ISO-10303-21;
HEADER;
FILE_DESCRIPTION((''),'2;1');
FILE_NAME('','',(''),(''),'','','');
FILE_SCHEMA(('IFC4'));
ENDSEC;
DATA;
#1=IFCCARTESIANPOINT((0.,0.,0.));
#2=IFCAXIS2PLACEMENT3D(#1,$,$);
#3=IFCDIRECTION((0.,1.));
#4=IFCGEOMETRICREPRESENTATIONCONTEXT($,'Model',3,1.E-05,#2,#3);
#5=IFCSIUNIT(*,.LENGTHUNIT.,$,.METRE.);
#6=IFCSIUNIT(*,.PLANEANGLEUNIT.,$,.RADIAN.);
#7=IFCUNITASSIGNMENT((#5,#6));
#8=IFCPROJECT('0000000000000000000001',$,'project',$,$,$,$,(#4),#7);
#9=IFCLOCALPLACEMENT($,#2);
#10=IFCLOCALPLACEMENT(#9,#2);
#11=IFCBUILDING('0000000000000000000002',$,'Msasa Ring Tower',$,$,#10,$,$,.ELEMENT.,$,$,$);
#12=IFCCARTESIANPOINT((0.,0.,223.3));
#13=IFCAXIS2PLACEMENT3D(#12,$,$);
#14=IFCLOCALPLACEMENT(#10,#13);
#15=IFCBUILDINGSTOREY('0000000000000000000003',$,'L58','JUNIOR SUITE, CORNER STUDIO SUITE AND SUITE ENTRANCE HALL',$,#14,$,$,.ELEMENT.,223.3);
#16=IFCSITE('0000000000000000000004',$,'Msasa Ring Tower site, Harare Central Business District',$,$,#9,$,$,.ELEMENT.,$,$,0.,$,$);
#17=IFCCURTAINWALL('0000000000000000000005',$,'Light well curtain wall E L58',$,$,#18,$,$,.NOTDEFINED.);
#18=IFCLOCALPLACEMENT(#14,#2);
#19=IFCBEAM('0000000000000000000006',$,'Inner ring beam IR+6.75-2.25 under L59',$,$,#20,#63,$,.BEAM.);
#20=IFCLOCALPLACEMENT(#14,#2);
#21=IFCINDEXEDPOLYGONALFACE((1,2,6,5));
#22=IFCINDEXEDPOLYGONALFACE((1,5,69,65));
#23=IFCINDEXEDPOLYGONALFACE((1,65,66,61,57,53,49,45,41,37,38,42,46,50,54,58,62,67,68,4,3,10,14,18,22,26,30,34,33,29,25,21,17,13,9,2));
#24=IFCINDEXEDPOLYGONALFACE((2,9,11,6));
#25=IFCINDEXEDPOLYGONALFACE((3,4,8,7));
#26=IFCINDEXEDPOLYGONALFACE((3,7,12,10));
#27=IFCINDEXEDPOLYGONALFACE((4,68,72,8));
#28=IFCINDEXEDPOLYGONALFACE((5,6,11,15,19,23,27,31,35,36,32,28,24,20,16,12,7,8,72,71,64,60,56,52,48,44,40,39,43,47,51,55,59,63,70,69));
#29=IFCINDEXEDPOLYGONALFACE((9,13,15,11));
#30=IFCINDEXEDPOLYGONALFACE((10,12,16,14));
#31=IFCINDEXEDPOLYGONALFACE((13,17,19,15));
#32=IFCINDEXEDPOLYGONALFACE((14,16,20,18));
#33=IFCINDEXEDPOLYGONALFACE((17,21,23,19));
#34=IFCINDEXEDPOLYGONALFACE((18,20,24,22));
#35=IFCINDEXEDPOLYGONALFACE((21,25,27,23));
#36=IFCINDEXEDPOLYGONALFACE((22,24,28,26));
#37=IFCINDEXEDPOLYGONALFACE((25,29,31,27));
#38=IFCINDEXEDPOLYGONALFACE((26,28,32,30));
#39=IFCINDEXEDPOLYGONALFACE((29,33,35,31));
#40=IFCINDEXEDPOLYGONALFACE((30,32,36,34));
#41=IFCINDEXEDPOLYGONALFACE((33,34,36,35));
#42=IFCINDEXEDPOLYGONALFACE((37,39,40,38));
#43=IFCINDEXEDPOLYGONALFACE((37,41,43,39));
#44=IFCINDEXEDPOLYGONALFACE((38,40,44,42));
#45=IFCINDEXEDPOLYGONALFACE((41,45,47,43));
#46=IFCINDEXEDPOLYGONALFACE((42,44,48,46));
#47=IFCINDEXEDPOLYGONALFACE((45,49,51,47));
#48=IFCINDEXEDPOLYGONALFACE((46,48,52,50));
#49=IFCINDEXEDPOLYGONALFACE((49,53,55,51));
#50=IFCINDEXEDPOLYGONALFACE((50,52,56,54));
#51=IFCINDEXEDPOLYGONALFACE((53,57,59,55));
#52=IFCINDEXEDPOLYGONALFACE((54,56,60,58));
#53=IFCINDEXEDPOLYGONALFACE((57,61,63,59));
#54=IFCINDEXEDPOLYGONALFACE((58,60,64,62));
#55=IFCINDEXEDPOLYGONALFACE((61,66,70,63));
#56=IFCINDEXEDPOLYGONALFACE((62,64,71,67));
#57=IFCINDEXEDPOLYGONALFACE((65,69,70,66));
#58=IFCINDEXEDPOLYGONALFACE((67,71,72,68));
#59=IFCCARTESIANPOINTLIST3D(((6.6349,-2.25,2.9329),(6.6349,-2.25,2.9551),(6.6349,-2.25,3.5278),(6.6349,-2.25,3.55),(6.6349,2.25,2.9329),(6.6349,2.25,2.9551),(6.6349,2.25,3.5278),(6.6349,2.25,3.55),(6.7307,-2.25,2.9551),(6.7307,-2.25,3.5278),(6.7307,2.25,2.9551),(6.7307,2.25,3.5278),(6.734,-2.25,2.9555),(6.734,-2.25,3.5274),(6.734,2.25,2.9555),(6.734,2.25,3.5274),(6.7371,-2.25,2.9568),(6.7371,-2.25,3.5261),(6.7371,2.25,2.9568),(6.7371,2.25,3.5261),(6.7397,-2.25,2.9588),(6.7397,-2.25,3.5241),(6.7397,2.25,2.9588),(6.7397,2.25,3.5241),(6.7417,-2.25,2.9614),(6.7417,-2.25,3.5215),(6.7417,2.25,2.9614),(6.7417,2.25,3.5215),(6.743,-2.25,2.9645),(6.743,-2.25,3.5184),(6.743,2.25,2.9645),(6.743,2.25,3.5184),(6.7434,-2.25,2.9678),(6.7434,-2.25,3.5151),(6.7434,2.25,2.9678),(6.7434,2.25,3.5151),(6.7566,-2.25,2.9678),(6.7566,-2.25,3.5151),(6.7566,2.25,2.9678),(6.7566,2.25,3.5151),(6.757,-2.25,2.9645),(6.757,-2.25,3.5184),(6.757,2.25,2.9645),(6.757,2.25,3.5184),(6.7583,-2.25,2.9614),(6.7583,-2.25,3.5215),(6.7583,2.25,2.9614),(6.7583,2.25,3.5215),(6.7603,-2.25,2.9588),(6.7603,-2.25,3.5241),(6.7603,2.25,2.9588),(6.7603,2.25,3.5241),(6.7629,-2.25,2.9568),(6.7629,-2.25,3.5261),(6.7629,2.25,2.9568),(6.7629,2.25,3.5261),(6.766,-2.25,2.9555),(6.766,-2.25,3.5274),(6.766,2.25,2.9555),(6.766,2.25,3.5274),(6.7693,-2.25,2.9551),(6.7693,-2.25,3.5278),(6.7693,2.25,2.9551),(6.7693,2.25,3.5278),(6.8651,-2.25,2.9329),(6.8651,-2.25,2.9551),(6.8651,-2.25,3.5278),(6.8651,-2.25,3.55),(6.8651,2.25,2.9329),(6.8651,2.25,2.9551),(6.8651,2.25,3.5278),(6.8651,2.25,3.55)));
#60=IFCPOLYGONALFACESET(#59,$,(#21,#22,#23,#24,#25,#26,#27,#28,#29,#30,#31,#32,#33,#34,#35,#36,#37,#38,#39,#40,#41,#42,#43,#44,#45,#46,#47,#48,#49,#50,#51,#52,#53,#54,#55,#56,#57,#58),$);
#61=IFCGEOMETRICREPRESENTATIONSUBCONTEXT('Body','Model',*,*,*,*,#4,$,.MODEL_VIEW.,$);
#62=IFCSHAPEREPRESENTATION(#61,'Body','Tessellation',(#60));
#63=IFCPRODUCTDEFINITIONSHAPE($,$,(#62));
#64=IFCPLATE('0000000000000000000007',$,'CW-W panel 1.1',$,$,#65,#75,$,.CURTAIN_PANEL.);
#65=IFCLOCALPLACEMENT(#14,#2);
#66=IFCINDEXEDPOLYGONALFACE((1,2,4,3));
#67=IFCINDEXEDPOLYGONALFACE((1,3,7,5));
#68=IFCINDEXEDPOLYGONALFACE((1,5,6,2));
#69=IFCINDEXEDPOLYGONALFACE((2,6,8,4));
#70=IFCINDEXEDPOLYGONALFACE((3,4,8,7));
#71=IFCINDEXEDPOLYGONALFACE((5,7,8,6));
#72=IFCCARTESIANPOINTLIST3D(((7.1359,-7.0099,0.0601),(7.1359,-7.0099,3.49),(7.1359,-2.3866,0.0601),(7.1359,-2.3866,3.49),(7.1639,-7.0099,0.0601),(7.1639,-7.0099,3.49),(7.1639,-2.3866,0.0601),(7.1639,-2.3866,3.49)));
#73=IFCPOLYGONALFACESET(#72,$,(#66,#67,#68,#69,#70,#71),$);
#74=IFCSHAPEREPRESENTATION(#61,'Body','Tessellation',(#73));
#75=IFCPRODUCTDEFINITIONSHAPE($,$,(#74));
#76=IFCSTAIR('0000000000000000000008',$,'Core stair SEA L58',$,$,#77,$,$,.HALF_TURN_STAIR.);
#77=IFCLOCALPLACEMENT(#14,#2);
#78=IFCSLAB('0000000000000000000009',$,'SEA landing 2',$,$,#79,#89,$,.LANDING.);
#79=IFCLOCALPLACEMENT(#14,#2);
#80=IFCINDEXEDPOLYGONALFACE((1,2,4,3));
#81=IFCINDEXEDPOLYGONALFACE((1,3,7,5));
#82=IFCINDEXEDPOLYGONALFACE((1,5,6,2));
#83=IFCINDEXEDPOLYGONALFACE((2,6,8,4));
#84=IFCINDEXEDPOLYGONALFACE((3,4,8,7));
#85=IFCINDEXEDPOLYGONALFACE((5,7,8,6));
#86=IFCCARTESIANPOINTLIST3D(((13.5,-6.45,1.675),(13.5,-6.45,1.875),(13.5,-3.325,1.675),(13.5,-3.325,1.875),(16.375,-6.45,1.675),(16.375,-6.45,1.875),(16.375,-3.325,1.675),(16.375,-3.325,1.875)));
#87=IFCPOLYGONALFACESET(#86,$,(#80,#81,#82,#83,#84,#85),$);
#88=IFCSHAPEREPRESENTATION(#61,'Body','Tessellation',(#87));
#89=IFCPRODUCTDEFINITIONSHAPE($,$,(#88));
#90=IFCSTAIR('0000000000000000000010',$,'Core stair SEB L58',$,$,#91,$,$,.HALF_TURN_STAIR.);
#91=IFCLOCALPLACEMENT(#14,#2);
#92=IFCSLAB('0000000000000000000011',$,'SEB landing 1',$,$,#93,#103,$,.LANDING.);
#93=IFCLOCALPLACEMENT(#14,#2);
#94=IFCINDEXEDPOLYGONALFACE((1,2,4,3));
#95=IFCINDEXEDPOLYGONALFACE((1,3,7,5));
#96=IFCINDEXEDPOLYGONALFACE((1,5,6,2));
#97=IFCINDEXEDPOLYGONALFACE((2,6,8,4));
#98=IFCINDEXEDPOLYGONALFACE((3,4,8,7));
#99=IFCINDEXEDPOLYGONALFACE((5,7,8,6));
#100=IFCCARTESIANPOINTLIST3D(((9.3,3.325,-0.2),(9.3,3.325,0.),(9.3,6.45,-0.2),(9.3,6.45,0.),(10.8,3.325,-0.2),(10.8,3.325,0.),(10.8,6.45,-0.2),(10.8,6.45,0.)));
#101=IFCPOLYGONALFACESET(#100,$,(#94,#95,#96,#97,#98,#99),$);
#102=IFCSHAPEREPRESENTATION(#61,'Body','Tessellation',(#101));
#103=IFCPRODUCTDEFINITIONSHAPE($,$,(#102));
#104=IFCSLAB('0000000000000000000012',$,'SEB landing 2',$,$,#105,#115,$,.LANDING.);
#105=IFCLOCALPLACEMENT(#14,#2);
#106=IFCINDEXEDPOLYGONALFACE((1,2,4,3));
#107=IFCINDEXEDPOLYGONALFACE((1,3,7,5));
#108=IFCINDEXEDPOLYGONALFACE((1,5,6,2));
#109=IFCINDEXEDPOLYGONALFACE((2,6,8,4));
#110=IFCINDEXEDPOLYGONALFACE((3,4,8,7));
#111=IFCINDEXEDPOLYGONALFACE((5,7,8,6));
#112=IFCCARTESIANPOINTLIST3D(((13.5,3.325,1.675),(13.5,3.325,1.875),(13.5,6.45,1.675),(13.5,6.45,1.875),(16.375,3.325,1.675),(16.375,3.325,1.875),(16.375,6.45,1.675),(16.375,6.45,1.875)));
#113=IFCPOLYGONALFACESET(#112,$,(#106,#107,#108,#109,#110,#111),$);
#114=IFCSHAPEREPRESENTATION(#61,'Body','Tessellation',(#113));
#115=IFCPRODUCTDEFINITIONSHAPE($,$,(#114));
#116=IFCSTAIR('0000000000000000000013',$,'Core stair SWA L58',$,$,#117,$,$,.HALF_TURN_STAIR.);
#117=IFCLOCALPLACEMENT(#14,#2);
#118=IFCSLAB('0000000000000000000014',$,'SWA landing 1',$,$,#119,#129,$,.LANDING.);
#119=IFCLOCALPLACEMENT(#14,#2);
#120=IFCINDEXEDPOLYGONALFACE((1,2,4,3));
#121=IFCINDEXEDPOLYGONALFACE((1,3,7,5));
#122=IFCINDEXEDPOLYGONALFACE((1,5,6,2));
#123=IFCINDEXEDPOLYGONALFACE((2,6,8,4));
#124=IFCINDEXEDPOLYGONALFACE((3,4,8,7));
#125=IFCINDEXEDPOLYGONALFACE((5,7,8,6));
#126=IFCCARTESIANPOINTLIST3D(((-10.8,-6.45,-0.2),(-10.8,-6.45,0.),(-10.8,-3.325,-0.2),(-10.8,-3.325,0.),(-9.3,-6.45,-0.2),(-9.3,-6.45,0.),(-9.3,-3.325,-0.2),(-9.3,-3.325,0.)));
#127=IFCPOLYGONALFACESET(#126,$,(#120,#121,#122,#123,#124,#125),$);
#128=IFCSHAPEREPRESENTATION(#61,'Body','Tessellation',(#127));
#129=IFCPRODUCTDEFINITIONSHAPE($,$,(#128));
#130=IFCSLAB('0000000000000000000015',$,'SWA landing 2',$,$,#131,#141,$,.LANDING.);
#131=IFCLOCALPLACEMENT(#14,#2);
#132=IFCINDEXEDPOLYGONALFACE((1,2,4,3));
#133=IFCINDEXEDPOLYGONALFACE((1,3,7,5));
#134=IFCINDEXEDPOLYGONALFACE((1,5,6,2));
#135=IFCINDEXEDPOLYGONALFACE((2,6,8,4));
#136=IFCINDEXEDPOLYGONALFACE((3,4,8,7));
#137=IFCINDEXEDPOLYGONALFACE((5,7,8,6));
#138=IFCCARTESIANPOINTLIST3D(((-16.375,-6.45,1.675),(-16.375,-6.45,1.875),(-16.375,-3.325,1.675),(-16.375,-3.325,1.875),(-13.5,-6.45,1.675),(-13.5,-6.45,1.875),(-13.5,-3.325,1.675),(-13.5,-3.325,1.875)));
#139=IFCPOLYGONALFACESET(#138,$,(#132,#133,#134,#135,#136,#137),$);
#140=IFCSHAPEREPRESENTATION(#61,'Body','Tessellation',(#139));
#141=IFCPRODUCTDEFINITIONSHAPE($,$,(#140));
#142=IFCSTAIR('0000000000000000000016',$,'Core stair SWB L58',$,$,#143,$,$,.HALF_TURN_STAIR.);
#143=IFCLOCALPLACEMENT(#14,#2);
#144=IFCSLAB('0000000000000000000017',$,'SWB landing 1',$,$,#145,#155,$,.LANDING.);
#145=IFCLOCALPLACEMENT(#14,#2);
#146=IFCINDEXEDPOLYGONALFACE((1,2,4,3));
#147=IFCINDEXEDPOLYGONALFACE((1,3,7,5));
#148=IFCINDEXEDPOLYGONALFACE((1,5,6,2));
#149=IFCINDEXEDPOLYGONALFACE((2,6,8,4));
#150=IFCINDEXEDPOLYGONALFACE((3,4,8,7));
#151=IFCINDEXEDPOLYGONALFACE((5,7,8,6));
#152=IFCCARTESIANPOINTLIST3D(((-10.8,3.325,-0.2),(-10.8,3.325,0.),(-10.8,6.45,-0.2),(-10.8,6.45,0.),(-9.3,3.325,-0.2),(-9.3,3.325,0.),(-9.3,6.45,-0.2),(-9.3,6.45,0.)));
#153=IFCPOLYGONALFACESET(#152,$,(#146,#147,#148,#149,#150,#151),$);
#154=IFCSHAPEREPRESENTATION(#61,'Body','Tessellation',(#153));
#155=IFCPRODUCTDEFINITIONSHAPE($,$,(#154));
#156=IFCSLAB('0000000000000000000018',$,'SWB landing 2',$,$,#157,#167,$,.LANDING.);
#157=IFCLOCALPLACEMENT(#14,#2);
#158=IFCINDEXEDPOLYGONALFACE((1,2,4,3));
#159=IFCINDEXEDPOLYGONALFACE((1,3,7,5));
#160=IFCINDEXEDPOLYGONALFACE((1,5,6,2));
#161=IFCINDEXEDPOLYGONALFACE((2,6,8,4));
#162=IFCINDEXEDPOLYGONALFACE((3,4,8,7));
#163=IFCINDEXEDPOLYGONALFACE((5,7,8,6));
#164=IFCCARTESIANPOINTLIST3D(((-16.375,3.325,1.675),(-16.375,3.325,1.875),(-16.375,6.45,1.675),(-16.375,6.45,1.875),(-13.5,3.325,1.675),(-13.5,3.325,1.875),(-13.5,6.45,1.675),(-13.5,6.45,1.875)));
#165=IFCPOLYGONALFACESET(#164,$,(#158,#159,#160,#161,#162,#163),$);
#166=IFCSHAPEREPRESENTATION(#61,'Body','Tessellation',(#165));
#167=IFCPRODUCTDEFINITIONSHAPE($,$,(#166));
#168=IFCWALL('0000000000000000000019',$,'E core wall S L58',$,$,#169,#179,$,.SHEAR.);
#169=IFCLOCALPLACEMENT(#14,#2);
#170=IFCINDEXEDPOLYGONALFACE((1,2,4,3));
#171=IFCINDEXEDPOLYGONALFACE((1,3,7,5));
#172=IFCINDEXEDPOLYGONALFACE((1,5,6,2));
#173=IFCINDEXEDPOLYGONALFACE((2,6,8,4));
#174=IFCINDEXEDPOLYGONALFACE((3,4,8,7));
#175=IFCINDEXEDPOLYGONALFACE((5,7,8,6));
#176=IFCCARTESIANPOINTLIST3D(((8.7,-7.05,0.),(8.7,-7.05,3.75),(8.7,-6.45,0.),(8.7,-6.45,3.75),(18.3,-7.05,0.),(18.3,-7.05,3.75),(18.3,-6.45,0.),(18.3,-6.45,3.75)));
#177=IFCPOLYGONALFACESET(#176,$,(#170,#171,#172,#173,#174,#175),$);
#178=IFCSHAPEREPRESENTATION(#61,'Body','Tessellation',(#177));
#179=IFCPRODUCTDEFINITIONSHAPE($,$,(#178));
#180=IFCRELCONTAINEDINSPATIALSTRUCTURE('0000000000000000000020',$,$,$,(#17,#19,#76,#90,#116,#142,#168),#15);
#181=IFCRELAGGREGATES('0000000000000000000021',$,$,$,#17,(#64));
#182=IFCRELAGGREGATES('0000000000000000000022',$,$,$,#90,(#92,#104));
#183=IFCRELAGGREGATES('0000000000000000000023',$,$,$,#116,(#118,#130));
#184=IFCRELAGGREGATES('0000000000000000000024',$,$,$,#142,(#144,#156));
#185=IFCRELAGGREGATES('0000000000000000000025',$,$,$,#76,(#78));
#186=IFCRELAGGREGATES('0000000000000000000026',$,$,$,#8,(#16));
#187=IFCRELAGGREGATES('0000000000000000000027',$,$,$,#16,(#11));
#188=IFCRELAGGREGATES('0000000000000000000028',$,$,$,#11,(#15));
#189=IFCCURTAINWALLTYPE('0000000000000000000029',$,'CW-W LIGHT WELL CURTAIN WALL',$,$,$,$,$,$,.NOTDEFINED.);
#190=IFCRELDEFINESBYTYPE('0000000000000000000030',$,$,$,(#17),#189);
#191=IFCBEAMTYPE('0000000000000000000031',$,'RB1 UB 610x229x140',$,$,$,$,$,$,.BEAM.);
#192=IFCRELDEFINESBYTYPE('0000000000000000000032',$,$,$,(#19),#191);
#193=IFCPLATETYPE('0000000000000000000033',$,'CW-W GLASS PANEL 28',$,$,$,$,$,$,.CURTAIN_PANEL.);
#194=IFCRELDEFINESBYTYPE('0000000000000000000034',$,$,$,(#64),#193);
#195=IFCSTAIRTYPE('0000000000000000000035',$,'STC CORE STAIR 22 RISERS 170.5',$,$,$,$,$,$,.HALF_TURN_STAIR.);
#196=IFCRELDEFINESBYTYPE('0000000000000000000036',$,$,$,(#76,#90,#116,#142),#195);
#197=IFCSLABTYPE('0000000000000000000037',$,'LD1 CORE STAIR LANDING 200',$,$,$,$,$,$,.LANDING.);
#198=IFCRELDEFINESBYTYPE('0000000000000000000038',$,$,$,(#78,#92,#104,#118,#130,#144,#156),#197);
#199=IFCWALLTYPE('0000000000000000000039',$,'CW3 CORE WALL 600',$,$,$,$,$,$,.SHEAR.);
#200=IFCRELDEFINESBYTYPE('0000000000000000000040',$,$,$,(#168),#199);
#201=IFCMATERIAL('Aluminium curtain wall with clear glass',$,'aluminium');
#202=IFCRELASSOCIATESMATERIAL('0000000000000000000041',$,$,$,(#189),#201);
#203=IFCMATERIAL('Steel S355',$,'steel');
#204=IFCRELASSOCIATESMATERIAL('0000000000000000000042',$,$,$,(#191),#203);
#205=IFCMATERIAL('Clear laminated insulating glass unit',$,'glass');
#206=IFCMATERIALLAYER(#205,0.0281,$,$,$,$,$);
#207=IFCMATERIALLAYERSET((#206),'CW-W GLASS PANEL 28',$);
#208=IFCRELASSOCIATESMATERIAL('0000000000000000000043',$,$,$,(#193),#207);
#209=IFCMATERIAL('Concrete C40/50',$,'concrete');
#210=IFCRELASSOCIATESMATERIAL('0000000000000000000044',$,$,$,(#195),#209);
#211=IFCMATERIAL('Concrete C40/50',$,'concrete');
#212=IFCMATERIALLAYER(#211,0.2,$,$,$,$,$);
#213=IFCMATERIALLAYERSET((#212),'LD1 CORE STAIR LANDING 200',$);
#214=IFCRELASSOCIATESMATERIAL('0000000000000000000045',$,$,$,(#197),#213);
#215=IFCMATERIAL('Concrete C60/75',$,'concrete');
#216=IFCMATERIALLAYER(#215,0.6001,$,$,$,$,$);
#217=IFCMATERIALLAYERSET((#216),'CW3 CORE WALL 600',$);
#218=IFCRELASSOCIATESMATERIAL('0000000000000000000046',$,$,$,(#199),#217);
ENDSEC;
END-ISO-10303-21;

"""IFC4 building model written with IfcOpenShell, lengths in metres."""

from ifc_helpers import new_model, si_unit, direction, frame, frame_2d, origin, origin_2d, place, context, subcontext, project, spatial, polyline, rectangle, i_section, outline, extrude, material, layer, layer_set, material_profile, profile_set, type_object, element, aggregate, save


model = new_model("IFC4")

# Units and contexts
model_context = context("Model", 3, precision=1e-05, world=origin(), true_north=direction((0.0, 1.0)))
body_context = subcontext(model_context, "Body", "Model", "MODEL_VIEW")
ifc_project = project(units=[si_unit("LENGTHUNIT", "METRE"), si_unit("PLANEANGLEUNIT", "RADIAN")], contexts=[model_context])

# Site, building, storey
site_placement = place(None, origin())
site = spatial("IfcSite", under=ifc_project, at=site_placement, Name="Msasa Ring Tower site, Harare Central Business District", CompositionType="ELEMENT", RefElevation=0.0)
building_placement = place(site_placement, origin())
building = spatial("IfcBuilding", under=site, at=building_placement, Name="Msasa Ring Tower", CompositionType="ELEMENT")
storey_placement = place(building_placement, frame((0.0, 0.0, 223.3)))
storey = spatial("IfcBuildingStorey", under=building, at=storey_placement, Name="L58", Description="JUNIOR SUITE, CORNER STUDIO SUITE AND SUITE ENTRANCE HALL", CompositionType="ELEMENT", Elevation=223.3)

# Curtain wall
ifc_material_1 = material(Name="Aluminium curtain wall with clear glass", Category="aluminium")
curtain_wall_type = type_object("IfcCurtainWallType", Name="CW-W LIGHT WELL CURTAIN WALL", PredefinedType="NOTDEFINED", material=ifc_material_1)
curtain_wall_placement = place(storey_placement, origin())
curtain_wall = element("IfcCurtainWall", 1, at=curtain_wall_placement, inside=storey, type_object=curtain_wall_type, Name="Light well curtain wall E L58", PredefinedType="NOTDEFINED")

# Beam
ifc_material_2 = material(Name="Steel S355", Category="steel")
ifc_material_profile_1 = material_profile(ifc_material_2, i_section(OverallWidth=0.2302, OverallDepth=0.6172, WebThickness=0.0132, FlangeThickness=0.0222, FilletRadius=0.0127, at=origin_2d()), Name="UB 610x229x140")
ifc_profile_set_1 = profile_set([ifc_material_profile_1], Name="Steel S355")
beam_type = type_object("IfcBeamType", Name="RB1 UB 610x229x140", PredefinedType="BEAM", material=ifc_profile_set_1)
for number, where, z_axis, x_axis, name in (
    (2, (6.75, -2.25, 3.2415), (0.0, 1.0, 0.0), (-1.0, 0.0, 0.0), "Inner ring beam IR+6.75-2.25 under L59"),
):
    element("IfcBeam", number, at=place(storey_placement, frame(where, z_axis=z_axis, x_axis=x_axis)), inside=storey, type_object=beam_type, Name=name, PredefinedType="BEAM", context=body_context, shape_type="SweptSolid", body=[
        extrude(i_section(OverallWidth=0.2302, OverallDepth=0.6172, WebThickness=0.0132, FlangeThickness=0.0222, FilletRadius=0.0127, at=origin_2d()), origin(), (0.0, 0.0, 1.0), 4.5),
    ])

# Plate
ifc_material_3 = material(Name="Clear laminated insulating glass unit", Category="glass")
ifc_layer_1 = layer(ifc_material_3, 0.0281)
ifc_layer_set_1 = layer_set([ifc_layer_1], Name="CW-W GLASS PANEL 28")
plate_type = type_object("IfcPlateType", Name="CW-W GLASS PANEL 28", PredefinedType="CURTAIN_PANEL", material=ifc_layer_set_1)
plate_placement = place(storey_placement, frame((7.1499, -4.6982, 0.0601), z_axis=(0.0, 0.0, 1.0), x_axis=(0.0, 1.0, 0.0)))
plate = element("IfcPlate", 3, at=plate_placement, type_object=plate_type, Name="CW-W panel 1.1", PredefinedType="CURTAIN_PANEL", context=body_context, shape_type="SweptSolid", body=[
    extrude(rectangle(XDim=4.6233, YDim=0.0281, at=origin_2d()), origin(), (0.0, 0.0, 1.0), 3.4299),
])
aggregate(curtain_wall, [plate])

# Stair, slab
ifc_material_4 = material(Name="Concrete C40/50", Category="concrete")
stair_type = type_object("IfcStairType", Name="STC CORE STAIR 22 RISERS 170.5", PredefinedType="HALF_TURN_STAIR", material=ifc_material_4)
stair_1_placement = place(storey_placement, origin())
stair_1 = element("IfcStair", 4, at=stair_1_placement, inside=storey, type_object=stair_type, Name="Core stair SEA L58", PredefinedType="HALF_TURN_STAIR")
ifc_material_5 = material(Name="Concrete C40/50", Category="concrete")
ifc_layer_2 = layer(ifc_material_5, 0.2)
ifc_layer_set_2 = layer_set([ifc_layer_2], Name="LD1 CORE STAIR LANDING 200")
slab_type = type_object("IfcSlabType", Name="LD1 CORE STAIR LANDING 200", PredefinedType="LANDING", material=ifc_layer_set_2)
slab_1_placement = place(storey_placement, frame((0.0, 0.0, 1.675)))
slab_1 = element("IfcSlab", 5, at=slab_1_placement, type_object=slab_type, Name="SEA landing 2", PredefinedType="LANDING", context=body_context, shape_type="SweptSolid", body=[
    extrude(outline(polyline([(13.5, -6.45), (16.375, -6.45), (16.375, -3.325), (13.5, -3.325), (13.5, -6.45)])), origin(), (0.0, 0.0, 1.0), 0.2),
])

# Stairs, slabs
stair_2_placement = place(storey_placement, origin())
stair_2 = element("IfcStair", 6, at=stair_2_placement, inside=storey, type_object=stair_type, Name="Core stair SEB L58", PredefinedType="HALF_TURN_STAIR")
slab_2_placement = place(storey_placement, frame((0.0, 0.0, -0.2)))
slab_2 = element("IfcSlab", 7, at=slab_2_placement, type_object=slab_type, Name="SEB landing 1", PredefinedType="LANDING", context=body_context, shape_type="SweptSolid", body=[
    extrude(outline(polyline([(9.3, 3.325), (10.8, 3.325), (10.8, 6.45), (9.3, 6.45), (9.3, 3.325)])), origin(), (0.0, 0.0, 1.0), 0.2),
])
slab_3_placement = place(storey_placement, frame((0.0, 0.0, 1.675)))
slab_3 = element("IfcSlab", 8, at=slab_3_placement, type_object=slab_type, Name="SEB landing 2", PredefinedType="LANDING", context=body_context, shape_type="SweptSolid", body=[
    extrude(outline(polyline([(13.5, 3.325), (16.375, 3.325), (16.375, 6.45), (13.5, 6.45), (13.5, 3.325)])), origin(), (0.0, 0.0, 1.0), 0.2),
])
aggregate(stair_2, [slab_2, slab_3])
stair_3_placement = place(storey_placement, origin())
stair_3 = element("IfcStair", 9, at=stair_3_placement, inside=storey, type_object=stair_type, Name="Core stair SWA L58", PredefinedType="HALF_TURN_STAIR")
slab_4_placement = place(storey_placement, frame((0.0, 0.0, -0.2)))
slab_4 = element("IfcSlab", 10, at=slab_4_placement, type_object=slab_type, Name="SWA landing 1", PredefinedType="LANDING", context=body_context, shape_type="SweptSolid", body=[
    extrude(outline(polyline([(-10.8, -6.45), (-9.3, -6.45), (-9.3, -3.325), (-10.8, -3.325), (-10.8, -6.45)])), origin(), (0.0, 0.0, 1.0), 0.2),
])
slab_5_placement = place(storey_placement, frame((0.0, 0.0, 1.675)))
slab_5 = element("IfcSlab", 11, at=slab_5_placement, type_object=slab_type, Name="SWA landing 2", PredefinedType="LANDING", context=body_context, shape_type="SweptSolid", body=[
    extrude(outline(polyline([(-16.375, -6.45), (-13.5, -6.45), (-13.5, -3.325), (-16.375, -3.325), (-16.375, -6.45)])), origin(), (0.0, 0.0, 1.0), 0.2),
])
aggregate(stair_3, [slab_4, slab_5])
stair_4_placement = place(storey_placement, origin())
stair_4 = element("IfcStair", 12, at=stair_4_placement, inside=storey, type_object=stair_type, Name="Core stair SWB L58", PredefinedType="HALF_TURN_STAIR")
slab_6_placement = place(storey_placement, frame((0.0, 0.0, -0.2)))
slab_6 = element("IfcSlab", 13, at=slab_6_placement, type_object=slab_type, Name="SWB landing 1", PredefinedType="LANDING", context=body_context, shape_type="SweptSolid", body=[
    extrude(outline(polyline([(-10.8, 3.325), (-9.3, 3.325), (-9.3, 6.45), (-10.8, 6.45), (-10.8, 3.325)])), origin(), (0.0, 0.0, 1.0), 0.2),
])
slab_7_placement = place(storey_placement, frame((0.0, 0.0, 1.675)))
slab_7 = element("IfcSlab", 14, at=slab_7_placement, type_object=slab_type, Name="SWB landing 2", PredefinedType="LANDING", context=body_context, shape_type="SweptSolid", body=[
    extrude(outline(polyline([(-16.375, 3.325), (-13.5, 3.325), (-13.5, 6.45), (-16.375, 6.45), (-16.375, 3.325)])), origin(), (0.0, 0.0, 1.0), 0.2),
])
aggregate(stair_4, [slab_6, slab_7])

# Wall
ifc_material_6 = material(Name="Concrete C60/75", Category="concrete")
ifc_layer_3 = layer(ifc_material_6, 0.6001)
ifc_layer_set_3 = layer_set([ifc_layer_3], Name="CW3 CORE WALL 600")
wall_type_1 = type_object("IfcWallType", Name="CW3 CORE WALL 600", PredefinedType="SHEAR", material=ifc_layer_set_3)
wall_1_placement = place(storey_placement, frame((8.7, -6.75, 0.0), z_axis=(0.0, 0.0, 1.0), x_axis=(1.0, 0.0, 0.0)))
element("IfcWall", 15, at=wall_1_placement, inside=storey, type_object=wall_type_1, Name="E core wall S L58", PredefinedType="SHEAR", context=body_context, shape_type="SweptSolid", body=[
    extrude(rectangle(XDim=9.6001, YDim=0.6001, at=frame_2d((4.8, 0.0))), origin(), (0.0, 0.0, 1.0), 3.75),
])

aggregate(stair_1, [slab_1])

save(model, "model.ifc")
